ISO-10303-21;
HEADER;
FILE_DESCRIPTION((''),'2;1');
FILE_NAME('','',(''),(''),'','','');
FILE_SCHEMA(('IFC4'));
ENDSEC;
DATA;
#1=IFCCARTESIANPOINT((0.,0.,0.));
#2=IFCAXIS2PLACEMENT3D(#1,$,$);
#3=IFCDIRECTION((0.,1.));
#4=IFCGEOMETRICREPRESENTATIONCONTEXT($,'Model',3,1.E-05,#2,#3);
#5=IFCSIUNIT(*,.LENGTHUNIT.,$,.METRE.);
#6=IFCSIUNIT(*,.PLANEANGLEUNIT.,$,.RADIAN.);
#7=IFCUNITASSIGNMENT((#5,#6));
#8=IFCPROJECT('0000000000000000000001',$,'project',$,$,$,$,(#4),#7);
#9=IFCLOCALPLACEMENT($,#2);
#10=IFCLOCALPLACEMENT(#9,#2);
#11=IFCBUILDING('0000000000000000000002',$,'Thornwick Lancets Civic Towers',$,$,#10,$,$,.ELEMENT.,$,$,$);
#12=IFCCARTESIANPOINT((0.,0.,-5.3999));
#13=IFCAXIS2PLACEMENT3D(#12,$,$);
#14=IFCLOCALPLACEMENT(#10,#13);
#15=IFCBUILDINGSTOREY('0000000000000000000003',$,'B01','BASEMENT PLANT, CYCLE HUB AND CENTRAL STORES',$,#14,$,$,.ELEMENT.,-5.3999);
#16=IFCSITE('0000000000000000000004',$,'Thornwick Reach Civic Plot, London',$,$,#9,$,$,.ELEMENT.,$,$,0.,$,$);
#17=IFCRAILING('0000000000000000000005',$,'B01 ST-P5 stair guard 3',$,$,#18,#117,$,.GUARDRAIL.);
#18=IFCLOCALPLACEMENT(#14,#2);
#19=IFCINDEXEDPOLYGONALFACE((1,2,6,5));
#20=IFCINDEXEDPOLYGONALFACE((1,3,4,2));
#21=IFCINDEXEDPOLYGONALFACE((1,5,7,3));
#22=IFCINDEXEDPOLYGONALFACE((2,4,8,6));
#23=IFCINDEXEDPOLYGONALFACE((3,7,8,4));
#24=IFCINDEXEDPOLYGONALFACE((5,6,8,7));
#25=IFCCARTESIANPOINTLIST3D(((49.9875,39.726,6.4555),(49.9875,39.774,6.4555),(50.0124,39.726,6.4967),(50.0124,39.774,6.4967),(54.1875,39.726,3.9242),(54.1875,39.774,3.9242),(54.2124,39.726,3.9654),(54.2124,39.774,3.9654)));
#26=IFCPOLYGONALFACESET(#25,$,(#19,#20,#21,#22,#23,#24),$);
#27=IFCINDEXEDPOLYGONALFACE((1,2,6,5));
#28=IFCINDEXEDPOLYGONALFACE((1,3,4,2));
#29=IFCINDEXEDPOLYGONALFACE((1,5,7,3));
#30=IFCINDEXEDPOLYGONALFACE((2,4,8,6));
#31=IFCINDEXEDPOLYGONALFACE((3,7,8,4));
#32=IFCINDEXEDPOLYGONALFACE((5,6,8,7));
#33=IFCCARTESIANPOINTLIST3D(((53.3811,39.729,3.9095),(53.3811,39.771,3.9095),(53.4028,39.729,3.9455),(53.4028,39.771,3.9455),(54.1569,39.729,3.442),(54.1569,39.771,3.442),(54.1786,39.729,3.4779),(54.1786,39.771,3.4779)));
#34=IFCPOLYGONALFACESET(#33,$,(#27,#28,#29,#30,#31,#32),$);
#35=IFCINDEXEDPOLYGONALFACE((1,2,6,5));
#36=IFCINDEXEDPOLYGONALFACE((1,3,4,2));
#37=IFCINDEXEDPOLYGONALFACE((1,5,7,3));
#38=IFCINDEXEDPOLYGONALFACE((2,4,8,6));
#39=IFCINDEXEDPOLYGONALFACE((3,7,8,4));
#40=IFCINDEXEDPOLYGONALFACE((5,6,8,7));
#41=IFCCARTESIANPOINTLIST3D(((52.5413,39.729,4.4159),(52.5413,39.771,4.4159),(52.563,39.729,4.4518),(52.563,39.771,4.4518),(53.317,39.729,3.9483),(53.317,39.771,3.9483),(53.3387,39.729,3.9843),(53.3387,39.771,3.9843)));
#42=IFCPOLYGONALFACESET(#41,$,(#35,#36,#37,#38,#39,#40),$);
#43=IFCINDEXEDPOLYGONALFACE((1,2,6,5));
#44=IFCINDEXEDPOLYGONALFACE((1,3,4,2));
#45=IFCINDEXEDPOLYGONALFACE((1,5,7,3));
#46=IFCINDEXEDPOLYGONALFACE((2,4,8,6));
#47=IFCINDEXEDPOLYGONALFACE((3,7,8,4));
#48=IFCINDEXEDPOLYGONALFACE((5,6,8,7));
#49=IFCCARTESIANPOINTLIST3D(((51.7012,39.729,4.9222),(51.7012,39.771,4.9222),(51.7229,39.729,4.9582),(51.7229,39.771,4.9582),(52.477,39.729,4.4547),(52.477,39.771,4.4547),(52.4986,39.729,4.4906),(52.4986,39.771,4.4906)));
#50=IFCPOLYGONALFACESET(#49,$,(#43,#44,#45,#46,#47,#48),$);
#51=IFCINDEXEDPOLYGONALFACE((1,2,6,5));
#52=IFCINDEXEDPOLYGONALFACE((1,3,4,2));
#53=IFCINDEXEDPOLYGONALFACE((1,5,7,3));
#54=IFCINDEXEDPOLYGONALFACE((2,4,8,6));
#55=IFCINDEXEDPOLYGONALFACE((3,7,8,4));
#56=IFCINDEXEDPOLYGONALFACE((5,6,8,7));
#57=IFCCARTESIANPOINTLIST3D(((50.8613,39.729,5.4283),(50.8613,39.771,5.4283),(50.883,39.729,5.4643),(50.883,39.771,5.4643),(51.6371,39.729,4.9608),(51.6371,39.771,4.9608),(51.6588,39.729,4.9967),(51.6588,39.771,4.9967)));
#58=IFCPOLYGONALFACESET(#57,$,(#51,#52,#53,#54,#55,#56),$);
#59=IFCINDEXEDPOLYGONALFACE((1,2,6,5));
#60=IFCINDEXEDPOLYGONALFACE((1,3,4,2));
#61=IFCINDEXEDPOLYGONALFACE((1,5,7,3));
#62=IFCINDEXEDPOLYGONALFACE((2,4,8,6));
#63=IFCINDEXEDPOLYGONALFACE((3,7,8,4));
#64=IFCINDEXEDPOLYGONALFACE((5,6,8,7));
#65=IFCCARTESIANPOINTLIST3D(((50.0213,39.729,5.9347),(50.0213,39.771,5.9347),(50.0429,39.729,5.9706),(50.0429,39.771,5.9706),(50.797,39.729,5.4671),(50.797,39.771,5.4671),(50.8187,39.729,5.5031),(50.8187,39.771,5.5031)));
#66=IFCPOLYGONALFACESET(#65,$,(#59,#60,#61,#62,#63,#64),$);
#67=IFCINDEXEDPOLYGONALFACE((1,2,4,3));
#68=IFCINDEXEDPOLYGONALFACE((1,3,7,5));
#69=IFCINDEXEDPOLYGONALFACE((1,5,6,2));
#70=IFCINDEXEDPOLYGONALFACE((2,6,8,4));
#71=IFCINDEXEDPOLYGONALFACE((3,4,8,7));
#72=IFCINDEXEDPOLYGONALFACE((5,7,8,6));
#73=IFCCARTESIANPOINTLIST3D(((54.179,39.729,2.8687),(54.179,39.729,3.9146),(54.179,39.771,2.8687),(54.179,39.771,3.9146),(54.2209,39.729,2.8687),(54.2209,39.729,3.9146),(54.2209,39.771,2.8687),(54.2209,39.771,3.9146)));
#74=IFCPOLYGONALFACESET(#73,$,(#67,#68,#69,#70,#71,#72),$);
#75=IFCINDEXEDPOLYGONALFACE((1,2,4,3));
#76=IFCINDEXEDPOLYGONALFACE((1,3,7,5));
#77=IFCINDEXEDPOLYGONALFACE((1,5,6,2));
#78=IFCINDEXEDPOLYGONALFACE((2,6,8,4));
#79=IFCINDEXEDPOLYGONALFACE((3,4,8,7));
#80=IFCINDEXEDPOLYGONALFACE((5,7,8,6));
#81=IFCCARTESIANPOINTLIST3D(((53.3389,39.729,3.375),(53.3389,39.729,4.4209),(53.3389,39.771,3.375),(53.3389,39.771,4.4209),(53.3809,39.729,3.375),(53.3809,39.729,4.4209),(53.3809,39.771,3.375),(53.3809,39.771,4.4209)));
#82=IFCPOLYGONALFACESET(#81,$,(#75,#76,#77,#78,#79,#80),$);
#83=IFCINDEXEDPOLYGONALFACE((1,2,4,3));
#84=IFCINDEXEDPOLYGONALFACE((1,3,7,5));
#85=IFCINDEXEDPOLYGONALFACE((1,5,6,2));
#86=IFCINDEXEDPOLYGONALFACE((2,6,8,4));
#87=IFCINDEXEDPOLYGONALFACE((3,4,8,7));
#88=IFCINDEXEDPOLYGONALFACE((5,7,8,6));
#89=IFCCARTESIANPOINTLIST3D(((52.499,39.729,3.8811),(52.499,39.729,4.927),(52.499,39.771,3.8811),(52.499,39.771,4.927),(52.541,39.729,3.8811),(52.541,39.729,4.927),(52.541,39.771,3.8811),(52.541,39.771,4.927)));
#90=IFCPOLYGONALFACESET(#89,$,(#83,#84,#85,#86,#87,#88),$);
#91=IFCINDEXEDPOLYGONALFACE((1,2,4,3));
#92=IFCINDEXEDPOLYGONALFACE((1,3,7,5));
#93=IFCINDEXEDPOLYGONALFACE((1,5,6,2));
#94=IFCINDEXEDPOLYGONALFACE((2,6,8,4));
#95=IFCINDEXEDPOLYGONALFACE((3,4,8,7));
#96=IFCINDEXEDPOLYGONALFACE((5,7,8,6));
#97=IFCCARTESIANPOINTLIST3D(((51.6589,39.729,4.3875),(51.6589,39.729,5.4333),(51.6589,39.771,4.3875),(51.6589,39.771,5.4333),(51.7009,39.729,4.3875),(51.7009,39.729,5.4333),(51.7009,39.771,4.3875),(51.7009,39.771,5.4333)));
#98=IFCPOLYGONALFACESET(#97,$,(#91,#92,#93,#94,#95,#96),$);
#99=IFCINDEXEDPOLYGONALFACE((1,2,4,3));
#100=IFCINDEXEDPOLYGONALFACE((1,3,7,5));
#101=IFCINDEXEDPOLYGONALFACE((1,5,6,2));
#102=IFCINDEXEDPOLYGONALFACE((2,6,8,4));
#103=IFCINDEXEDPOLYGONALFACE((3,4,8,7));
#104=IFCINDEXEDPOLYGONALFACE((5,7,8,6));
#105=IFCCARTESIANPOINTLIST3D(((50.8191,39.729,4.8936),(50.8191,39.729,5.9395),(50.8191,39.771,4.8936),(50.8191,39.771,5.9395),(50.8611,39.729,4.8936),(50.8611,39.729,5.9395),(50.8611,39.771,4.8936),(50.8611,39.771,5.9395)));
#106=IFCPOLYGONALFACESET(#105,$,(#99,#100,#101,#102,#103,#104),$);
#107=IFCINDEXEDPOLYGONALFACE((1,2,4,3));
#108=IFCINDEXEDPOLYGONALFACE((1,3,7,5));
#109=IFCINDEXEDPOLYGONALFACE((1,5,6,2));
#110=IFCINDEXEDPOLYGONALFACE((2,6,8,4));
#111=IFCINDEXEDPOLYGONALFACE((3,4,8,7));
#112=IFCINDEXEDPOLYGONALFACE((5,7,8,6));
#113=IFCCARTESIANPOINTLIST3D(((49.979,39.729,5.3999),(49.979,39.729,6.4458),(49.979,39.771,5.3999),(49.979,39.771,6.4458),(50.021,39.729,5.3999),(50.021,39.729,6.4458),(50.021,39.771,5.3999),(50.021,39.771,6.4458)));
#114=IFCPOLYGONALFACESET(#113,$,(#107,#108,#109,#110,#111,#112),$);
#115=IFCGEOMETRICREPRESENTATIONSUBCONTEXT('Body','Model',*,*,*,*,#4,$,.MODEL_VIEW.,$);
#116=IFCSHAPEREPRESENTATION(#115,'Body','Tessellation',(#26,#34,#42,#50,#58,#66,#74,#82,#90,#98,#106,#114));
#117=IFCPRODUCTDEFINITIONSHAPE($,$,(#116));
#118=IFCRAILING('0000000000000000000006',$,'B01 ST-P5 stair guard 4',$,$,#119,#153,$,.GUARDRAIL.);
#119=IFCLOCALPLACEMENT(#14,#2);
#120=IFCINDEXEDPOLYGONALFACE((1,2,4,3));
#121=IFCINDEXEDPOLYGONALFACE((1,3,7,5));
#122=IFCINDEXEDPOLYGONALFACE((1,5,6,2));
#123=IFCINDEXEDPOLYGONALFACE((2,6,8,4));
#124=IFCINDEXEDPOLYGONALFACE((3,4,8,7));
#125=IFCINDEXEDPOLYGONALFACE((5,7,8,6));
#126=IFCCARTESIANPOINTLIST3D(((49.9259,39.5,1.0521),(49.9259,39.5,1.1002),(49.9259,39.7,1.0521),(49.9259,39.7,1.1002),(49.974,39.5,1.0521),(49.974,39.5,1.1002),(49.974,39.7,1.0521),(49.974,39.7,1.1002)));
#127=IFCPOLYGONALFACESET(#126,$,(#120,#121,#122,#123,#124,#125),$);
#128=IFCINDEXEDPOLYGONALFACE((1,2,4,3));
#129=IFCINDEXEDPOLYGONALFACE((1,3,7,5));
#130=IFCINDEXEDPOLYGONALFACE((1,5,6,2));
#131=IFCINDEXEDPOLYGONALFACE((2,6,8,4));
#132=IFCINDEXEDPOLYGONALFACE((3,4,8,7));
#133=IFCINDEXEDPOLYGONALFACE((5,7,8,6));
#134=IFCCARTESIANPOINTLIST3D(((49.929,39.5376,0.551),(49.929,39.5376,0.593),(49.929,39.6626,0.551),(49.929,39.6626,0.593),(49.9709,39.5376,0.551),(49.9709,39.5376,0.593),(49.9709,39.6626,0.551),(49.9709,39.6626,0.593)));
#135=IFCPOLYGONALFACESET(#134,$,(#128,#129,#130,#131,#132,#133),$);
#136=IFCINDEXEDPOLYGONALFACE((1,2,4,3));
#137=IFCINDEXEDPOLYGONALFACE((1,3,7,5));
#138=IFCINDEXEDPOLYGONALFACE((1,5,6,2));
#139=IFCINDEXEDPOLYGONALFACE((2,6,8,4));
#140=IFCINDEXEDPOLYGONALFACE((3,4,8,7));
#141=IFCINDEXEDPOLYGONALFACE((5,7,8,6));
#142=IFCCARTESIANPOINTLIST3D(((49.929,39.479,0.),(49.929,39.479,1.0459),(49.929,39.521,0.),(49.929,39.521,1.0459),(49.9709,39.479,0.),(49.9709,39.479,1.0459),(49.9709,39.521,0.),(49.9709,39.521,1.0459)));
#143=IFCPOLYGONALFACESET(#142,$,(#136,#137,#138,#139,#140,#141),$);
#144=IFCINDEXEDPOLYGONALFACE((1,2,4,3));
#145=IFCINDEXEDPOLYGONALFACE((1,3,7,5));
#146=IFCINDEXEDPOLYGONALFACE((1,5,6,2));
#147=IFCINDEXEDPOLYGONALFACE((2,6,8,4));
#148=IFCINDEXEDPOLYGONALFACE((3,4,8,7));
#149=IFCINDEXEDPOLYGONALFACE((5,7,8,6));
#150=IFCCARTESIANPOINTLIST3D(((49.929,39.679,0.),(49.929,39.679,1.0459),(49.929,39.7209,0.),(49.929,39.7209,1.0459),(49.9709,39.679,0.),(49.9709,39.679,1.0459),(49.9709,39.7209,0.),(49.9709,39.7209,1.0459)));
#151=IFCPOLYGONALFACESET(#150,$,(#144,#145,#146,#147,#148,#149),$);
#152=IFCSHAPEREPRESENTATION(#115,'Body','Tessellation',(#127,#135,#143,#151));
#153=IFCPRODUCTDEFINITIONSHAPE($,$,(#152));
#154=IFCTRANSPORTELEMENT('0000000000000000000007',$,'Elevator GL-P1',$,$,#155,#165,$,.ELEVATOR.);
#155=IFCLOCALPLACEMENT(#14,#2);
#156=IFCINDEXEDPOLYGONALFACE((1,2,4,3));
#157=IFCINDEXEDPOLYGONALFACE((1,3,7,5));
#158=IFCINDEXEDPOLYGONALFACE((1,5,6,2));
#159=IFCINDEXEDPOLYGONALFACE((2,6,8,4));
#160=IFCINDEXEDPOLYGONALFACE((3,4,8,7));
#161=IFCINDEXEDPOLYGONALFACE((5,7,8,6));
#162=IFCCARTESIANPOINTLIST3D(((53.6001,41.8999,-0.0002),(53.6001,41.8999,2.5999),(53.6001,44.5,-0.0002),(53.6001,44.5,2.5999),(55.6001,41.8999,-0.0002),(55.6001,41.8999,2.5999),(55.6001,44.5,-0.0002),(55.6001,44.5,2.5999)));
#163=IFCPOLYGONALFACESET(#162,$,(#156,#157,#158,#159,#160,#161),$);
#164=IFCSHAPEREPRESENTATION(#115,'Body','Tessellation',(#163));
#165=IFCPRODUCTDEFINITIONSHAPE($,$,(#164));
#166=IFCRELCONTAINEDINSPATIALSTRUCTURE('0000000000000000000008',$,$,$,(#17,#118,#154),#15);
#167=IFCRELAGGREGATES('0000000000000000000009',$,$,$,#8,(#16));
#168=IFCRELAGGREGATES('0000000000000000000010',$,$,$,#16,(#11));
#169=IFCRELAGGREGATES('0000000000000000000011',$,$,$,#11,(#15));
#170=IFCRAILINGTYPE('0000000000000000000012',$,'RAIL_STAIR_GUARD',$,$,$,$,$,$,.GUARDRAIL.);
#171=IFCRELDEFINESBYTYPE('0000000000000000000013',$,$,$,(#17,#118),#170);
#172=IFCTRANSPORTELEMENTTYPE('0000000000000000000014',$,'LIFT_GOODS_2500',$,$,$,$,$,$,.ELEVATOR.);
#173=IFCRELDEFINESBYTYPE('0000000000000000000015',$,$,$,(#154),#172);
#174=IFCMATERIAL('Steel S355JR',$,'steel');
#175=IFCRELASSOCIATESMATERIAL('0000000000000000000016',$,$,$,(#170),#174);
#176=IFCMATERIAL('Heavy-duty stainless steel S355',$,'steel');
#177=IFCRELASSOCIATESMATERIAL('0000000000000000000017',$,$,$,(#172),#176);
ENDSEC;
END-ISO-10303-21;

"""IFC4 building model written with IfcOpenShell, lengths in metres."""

from ifc_helpers import new_model, si_unit, direction, frame, origin, origin_2d, place, context, subcontext, project, spatial, rectangle, extrude, material, type_object, element, save


model = new_model("IFC4")

# Units and contexts
model_context = context("Model", 3, precision=1e-05, world=origin(), true_north=direction((0.0, 1.0)))
body_context = subcontext(model_context, "Body", "Model", "MODEL_VIEW")
ifc_project = project(units=[si_unit("LENGTHUNIT", "METRE"), si_unit("PLANEANGLEUNIT", "RADIAN")], contexts=[model_context])

# Site, building, storey
site_placement = place(None, origin())
site = spatial("IfcSite", under=ifc_project, at=site_placement, Name="Thornwick Reach Civic Plot, London", CompositionType="ELEMENT", RefElevation=0.0)
building_placement = place(site_placement, origin())
building = spatial("IfcBuilding", under=site, at=building_placement, Name="Thornwick Lancets Civic Towers", CompositionType="ELEMENT")
storey_placement = place(building_placement, frame((0.0, 0.0, -5.3999)))
storey = spatial("IfcBuildingStorey", under=building, at=storey_placement, Name="B01", Description="BASEMENT PLANT, CYCLE HUB AND CENTRAL STORES", CompositionType="ELEMENT", Elevation=-5.3999)

# Shared definitions
ifc_material_1 = material(Name="Steel S355JR", Category="steel")

# Railings
railing_type_1 = type_object("IfcRailingType", Name="RAIL_STAIR_GUARD", PredefinedType="GUARDRAIL", material=ifc_material_1)
railing_1_placement = place(storey_placement, frame((54.2, 39.75, 2.8687)))
element("IfcRailing", 1, at=railing_1_placement, inside=storey, type_object=railing_type_1, Name="B01 ST-P5 stair guard 3", PredefinedType="GUARDRAIL", context=body_context, shape_type="SweptSolid", body=[
    extrude(rectangle(XDim=0.0481, YDim=0.0481, at=origin_2d()), frame((0.0, 0.0, 1.0762), z_axis=(-0.856476, 0.0, 0.516186), x_axis=(0.0, -1.0, 0.0)), (0.0, 0.0, 1.0), 4.9038),
    extrude(rectangle(XDim=0.042, YDim=0.042, at=origin_2d()), frame((-0.0322, 0.0, 0.5913), z_axis=(-0.856476, 0.0, 0.516186), x_axis=(0.0, -1.0, 0.0)), (0.0, 0.0, 1.0), 0.9058),
    extrude(rectangle(XDim=0.042, YDim=0.042, at=origin_2d()), frame((-0.8721, 0.0, 1.0977), z_axis=(-0.856476, 0.0, 0.516186), x_axis=(0.0, -1.0, 0.0)), (0.0, 0.0, 1.0), 0.9058),
    extrude(rectangle(XDim=0.042, YDim=0.042, at=origin_2d()), frame((-1.7122, 0.0, 1.604), z_axis=(-0.856476, 0.0, 0.516186), x_axis=(0.0, -1.0, 0.0)), (0.0, 0.0, 1.0), 0.9058),
    extrude(rectangle(XDim=0.042, YDim=0.042, at=origin_2d()), frame((-2.552, 0.0, 2.1101), z_axis=(-0.856476, 0.0, 0.516186), x_axis=(0.0, -1.0, 0.0)), (0.0, 0.0, 1.0), 0.9058),
    extrude(rectangle(XDim=0.042, YDim=0.042, at=origin_2d()), frame((-3.3921, 0.0, 2.6165), z_axis=(-0.856476, 0.0, 0.516186), x_axis=(0.0, -1.0, 0.0)), (0.0, 0.0, 1.0), 0.9058),
    extrude(rectangle(XDim=0.042, YDim=0.042, at=origin_2d()), origin(), (0.0, 0.0, 1.0), 1.0459),
    extrude(rectangle(XDim=0.042, YDim=0.042, at=origin_2d()), frame((-0.8401, 0.0, 0.5063)), (0.0, 0.0, 1.0), 1.0459),
    extrude(rectangle(XDim=0.042, YDim=0.042, at=origin_2d()), frame((-1.6799, 0.0, 1.0125)), (0.0, 0.0, 1.0), 1.0459),
    extrude(rectangle(XDim=0.042, YDim=0.042, at=origin_2d()), frame((-2.52, 0.0, 1.5188)), (0.0, 0.0, 1.0), 1.0459),
    extrude(rectangle(XDim=0.042, YDim=0.042, at=origin_2d()), frame((-3.3599, 0.0, 2.0249)), (0.0, 0.0, 1.0), 1.0459),
    extrude(rectangle(XDim=0.042, YDim=0.042, at=origin_2d()), frame((-4.2, 0.0, 2.5312)), (0.0, 0.0, 1.0), 1.0459),
])
railing_2_placement = place(storey_placement, frame((49.95, 39.5, 0.0)))
element("IfcRailing", 2, at=railing_2_placement, inside=storey, type_object=railing_type_1, Name="B01 ST-P5 stair guard 4", PredefinedType="GUARDRAIL", context=body_context, shape_type="SweptSolid", body=[
    extrude(rectangle(XDim=0.0481, YDim=0.0481, at=origin_2d()), frame((0.0, 0.0, 1.0762), z_axis=(0.0, 1.0, 0.0), x_axis=(-1.0, 0.0, 0.0)), (0.0, 0.0, 1.0), 0.2),
    extrude(rectangle(XDim=0.042, YDim=0.042, at=origin_2d()), frame((0.0, 0.0376, 0.572), z_axis=(0.0, 1.0, 0.0), x_axis=(-1.0, 0.0, 0.0)), (0.0, 0.0, 1.0), 0.125),
    extrude(rectangle(XDim=0.042, YDim=0.042, at=origin_2d()), origin(), (0.0, 0.0, 1.0), 1.0459),
    extrude(rectangle(XDim=0.042, YDim=0.042, at=origin_2d()), frame((0.0, 0.2, 0.0)), (0.0, 0.0, 1.0), 1.0459),
])

# Transport element
ifc_material_2 = material(Name="Heavy-duty stainless steel S355", Category="steel")
transport_element_type = type_object("IfcTransportElementType", Name="LIFT_GOODS_2500", PredefinedType="ELEVATOR", material=ifc_material_2)
transport_element_placement = place(storey_placement, frame((54.6001, 43.2, -0.0002), z_axis=(0.0, 0.0, 1.0), x_axis=(1.0, 0.0, 0.0)))
element("IfcTransportElement", 3, at=transport_element_placement, inside=storey, type_object=transport_element_type, Name="Elevator GL-P1", PredefinedType="ELEVATOR", context=body_context, shape_type="SweptSolid", body=[
    extrude(rectangle(XDim=2.0, YDim=2.6001, at=origin_2d()), origin(), (0.0, 0.0, 1.0), 2.6001),
])

save(model, "model.ifc")
